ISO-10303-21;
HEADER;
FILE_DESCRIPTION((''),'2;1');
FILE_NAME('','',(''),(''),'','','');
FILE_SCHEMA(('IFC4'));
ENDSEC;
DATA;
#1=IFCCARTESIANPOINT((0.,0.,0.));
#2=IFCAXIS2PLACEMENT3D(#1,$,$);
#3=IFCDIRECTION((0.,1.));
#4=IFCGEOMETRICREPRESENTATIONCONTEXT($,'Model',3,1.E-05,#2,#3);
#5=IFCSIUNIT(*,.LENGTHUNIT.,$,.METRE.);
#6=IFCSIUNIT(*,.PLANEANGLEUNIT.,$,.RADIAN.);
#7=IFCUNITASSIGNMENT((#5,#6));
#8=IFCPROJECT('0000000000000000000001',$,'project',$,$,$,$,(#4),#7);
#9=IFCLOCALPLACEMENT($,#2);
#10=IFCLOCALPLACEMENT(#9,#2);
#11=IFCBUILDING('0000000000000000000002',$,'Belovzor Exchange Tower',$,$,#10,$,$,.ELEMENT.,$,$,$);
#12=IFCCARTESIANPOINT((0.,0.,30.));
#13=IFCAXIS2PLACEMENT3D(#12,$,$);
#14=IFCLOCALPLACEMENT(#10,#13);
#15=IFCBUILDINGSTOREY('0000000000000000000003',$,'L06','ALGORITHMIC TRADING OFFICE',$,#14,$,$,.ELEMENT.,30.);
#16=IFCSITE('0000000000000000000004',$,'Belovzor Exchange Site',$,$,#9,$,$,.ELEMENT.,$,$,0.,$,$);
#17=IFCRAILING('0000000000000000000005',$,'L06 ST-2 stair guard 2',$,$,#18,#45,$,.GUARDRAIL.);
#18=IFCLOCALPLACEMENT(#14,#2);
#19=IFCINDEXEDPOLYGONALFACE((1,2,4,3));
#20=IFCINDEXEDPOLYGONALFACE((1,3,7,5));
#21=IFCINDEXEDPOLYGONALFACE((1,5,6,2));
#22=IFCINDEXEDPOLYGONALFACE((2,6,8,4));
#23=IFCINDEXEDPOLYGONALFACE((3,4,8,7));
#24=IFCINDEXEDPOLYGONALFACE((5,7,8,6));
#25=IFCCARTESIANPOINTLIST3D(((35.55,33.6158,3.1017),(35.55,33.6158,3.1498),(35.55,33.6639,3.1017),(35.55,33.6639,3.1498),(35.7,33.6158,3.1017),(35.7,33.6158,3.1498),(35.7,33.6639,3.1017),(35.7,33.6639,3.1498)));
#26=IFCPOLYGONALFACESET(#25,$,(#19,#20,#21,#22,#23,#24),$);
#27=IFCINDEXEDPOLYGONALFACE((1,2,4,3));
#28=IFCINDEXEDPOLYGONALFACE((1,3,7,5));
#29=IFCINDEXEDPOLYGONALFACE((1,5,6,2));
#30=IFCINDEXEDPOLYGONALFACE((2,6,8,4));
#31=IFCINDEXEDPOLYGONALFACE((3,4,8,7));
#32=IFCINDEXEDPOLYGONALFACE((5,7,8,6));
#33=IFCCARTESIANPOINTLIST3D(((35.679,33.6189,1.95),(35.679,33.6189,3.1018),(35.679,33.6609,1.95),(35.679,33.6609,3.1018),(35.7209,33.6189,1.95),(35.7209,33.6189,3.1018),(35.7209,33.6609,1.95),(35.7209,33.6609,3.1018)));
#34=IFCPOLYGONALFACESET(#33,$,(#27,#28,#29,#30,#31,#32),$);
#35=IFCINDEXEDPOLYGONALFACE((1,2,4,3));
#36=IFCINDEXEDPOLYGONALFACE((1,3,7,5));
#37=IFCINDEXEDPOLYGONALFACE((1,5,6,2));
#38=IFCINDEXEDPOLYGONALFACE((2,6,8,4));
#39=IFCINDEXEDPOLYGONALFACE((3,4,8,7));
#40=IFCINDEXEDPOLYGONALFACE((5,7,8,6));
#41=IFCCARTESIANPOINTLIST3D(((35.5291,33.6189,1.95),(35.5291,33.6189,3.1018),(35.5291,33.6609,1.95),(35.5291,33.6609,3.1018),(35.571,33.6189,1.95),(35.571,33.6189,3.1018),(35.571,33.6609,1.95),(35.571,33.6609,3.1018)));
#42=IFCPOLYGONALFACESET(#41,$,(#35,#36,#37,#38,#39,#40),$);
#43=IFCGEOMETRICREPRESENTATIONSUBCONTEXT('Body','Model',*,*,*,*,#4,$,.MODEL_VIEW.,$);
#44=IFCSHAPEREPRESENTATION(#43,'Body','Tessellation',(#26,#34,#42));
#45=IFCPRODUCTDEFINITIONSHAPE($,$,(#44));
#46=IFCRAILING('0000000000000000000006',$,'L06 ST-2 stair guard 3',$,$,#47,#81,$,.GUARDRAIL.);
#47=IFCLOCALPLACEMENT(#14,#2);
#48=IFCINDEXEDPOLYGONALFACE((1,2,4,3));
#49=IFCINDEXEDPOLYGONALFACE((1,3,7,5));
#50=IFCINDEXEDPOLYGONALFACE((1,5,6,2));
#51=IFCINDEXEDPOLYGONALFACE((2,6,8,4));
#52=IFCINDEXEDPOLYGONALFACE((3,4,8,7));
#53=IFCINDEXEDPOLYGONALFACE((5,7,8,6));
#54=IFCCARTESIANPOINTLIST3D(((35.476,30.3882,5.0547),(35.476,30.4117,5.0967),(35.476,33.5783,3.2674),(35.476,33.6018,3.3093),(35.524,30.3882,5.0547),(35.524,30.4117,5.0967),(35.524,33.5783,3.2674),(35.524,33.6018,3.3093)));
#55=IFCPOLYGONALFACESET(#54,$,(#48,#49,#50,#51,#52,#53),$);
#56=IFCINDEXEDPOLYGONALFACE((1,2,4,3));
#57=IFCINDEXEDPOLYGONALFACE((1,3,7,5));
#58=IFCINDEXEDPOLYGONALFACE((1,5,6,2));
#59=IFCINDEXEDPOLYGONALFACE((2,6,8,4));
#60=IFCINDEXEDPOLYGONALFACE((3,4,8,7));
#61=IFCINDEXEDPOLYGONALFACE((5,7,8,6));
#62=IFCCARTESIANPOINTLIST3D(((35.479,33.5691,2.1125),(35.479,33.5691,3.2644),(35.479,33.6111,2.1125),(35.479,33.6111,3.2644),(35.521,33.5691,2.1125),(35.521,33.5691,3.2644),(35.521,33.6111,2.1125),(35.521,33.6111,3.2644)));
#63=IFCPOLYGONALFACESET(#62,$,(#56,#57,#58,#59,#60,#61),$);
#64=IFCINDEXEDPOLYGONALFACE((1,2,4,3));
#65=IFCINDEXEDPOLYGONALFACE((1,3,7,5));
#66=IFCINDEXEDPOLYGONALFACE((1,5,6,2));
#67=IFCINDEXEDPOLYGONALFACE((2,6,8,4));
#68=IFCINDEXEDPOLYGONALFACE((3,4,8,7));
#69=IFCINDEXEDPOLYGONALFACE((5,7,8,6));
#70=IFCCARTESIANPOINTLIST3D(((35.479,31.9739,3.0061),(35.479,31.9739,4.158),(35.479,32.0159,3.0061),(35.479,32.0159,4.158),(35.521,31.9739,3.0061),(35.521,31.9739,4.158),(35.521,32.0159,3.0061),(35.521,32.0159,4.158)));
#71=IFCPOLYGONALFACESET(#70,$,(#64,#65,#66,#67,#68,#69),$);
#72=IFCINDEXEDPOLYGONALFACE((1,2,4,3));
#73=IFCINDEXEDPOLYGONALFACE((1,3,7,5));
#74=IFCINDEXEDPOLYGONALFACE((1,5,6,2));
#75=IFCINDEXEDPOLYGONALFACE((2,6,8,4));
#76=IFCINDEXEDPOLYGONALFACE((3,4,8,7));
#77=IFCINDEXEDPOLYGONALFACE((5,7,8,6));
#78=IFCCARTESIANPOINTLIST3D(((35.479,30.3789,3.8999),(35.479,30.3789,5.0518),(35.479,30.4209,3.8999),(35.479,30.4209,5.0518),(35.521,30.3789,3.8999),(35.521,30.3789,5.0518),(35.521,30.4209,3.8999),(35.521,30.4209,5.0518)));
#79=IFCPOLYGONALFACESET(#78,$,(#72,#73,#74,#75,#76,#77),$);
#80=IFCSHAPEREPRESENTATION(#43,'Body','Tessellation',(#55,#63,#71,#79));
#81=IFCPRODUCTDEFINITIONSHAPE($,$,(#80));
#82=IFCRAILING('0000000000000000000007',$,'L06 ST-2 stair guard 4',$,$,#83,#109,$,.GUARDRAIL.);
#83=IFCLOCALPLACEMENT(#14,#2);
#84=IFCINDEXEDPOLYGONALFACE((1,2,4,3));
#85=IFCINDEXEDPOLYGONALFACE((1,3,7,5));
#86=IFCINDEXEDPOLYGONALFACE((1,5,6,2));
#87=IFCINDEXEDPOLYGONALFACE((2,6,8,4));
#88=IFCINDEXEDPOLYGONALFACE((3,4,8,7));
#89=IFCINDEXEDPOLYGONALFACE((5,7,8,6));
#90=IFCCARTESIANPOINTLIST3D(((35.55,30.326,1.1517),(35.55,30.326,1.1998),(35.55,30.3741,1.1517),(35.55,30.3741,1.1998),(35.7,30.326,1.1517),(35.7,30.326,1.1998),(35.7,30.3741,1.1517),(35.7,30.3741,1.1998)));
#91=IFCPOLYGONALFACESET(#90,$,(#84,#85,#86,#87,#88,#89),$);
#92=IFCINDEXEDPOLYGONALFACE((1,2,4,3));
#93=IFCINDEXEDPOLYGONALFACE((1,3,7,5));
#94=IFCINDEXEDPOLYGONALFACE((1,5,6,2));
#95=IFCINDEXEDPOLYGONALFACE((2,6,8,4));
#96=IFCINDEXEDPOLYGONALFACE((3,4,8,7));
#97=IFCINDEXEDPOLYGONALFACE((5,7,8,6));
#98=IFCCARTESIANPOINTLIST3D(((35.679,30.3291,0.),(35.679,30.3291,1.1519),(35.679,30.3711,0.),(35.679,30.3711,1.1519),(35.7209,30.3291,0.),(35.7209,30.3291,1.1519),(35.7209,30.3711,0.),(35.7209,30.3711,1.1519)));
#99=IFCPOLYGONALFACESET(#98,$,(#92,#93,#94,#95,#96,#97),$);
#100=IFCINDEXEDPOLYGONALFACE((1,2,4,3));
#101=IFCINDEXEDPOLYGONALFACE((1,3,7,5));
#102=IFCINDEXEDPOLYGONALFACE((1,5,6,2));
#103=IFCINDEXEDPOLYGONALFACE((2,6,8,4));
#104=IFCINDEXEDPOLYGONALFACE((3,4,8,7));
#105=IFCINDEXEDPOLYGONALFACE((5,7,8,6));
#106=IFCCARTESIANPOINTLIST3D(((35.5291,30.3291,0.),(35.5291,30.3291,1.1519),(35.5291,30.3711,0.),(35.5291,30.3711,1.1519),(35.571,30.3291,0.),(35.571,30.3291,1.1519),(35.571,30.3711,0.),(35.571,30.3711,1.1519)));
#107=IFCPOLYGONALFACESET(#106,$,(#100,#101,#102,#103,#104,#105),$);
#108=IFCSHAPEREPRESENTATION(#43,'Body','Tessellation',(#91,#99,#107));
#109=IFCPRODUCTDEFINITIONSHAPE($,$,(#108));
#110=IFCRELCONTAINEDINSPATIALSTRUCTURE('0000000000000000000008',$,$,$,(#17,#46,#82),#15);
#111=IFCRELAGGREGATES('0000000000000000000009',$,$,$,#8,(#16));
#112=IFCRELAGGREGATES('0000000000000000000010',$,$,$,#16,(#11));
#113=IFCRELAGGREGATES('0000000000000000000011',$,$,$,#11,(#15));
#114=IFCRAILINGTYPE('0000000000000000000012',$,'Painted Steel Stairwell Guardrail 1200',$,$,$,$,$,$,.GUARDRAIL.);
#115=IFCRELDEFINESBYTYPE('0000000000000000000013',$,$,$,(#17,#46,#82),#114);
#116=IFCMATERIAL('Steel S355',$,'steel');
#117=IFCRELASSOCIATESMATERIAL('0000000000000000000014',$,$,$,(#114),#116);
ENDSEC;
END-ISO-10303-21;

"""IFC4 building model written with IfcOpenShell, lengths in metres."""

from ifc_helpers import new_model, si_unit, direction, frame, origin, origin_2d, place, context, subcontext, project, spatial, rectangle, extrude, material, type_object, element, save


model = new_model("IFC4")

# Units and contexts
model_context = context("Model", 3, precision=1e-05, world=origin(), true_north=direction((0.0, 1.0)))
body_context = subcontext(model_context, "Body", "Model", "MODEL_VIEW")
ifc_project = project(units=[si_unit("LENGTHUNIT", "METRE"), si_unit("PLANEANGLEUNIT", "RADIAN")], contexts=[model_context])

# Site, building, storey
site_placement = place(None, origin())
site = spatial("IfcSite", under=ifc_project, at=site_placement, Name="Belovzor Exchange Site", CompositionType="ELEMENT", RefElevation=0.0)
building_placement = place(site_placement, origin())
building = spatial("IfcBuilding", under=site, at=building_placement, Name="Belovzor Exchange Tower", CompositionType="ELEMENT")
storey_placement = place(building_placement, frame((0.0, 0.0, 30.0)))
storey = spatial("IfcBuildingStorey", under=building, at=storey_placement, Name="L06", Description="ALGORITHMIC TRADING OFFICE", CompositionType="ELEMENT", Elevation=30.0)

# Railings
ifc_material_1 = material(Name="Steel S355", Category="steel")
railing_type_1 = type_object("IfcRailingType", Name="Painted Steel Stairwell Guardrail 1200", PredefinedType="GUARDRAIL", material=ifc_material_1)
railing_1_placement = place(storey_placement, frame((35.7, 33.6399, 1.95)))
element("IfcRailing", 1, at=railing_1_placement, inside=storey, type_object=railing_type_1, Name="L06 ST-2 stair guard 2", PredefinedType="GUARDRAIL", context=body_context, shape_type="SweptSolid", body=[
    extrude(rectangle(XDim=0.0481, YDim=0.0481, at=origin_2d()), frame((0.0, 0.0, 1.1758), z_axis=(-1.0, 0.0, 0.0), x_axis=(0.0, -1.0, 0.0)), (0.0, 0.0, 1.0), 0.1499),
    extrude(rectangle(XDim=0.042, YDim=0.042, at=origin_2d()), origin(), (0.0, 0.0, 1.0), 1.1519),
    extrude(rectangle(XDim=0.042, YDim=0.042, at=origin_2d()), frame((-0.1499, 0.0, 0.0)), (0.0, 0.0, 1.0), 1.1519),
])
railing_2_placement = place(storey_placement, frame((35.5, 33.5901, 2.1125)))
element("IfcRailing", 2, at=railing_2_placement, inside=storey, type_object=railing_type_1, Name="L06 ST-2 stair guard 3", PredefinedType="GUARDRAIL", context=body_context, shape_type="SweptSolid", body=[
    extrude(rectangle(XDim=0.0481, YDim=0.0481, at=origin_2d()), frame((0.0, 0.0, 1.1758), z_axis=(0.0, -0.872407, 0.48878), x_axis=(1.0, 0.0, 0.0)), (0.0, 0.0, 1.0), 3.6567),
    extrude(rectangle(XDim=0.042, YDim=0.042, at=origin_2d()), origin(), (0.0, 0.0, 1.0), 1.1519),
    extrude(rectangle(XDim=0.042, YDim=0.042, at=origin_2d()), frame((0.0, -1.5952, 0.8936)), (0.0, 0.0, 1.0), 1.1519),
    extrude(rectangle(XDim=0.042, YDim=0.042, at=origin_2d()), frame((0.0, -3.1902, 1.7874)), (0.0, 0.0, 1.0), 1.1519),
])
railing_3_placement = place(storey_placement, frame((35.7, 30.3501, 0.0)))
element("IfcRailing", 3, at=railing_3_placement, inside=storey, type_object=railing_type_1, Name="L06 ST-2 stair guard 4", PredefinedType="GUARDRAIL", context=body_context, shape_type="SweptSolid", body=[
    extrude(rectangle(XDim=0.0481, YDim=0.0481, at=origin_2d()), frame((0.0, 0.0, 1.1758), z_axis=(-1.0, 0.0, 0.0), x_axis=(0.0, -1.0, 0.0)), (0.0, 0.0, 1.0), 0.1499),
    extrude(rectangle(XDim=0.042, YDim=0.042, at=origin_2d()), origin(), (0.0, 0.0, 1.0), 1.1519),
    extrude(rectangle(XDim=0.042, YDim=0.042, at=origin_2d()), frame((-0.1499, 0.0, 0.0)), (0.0, 0.0, 1.0), 1.1519),
])

save(model, "model.ifc")
